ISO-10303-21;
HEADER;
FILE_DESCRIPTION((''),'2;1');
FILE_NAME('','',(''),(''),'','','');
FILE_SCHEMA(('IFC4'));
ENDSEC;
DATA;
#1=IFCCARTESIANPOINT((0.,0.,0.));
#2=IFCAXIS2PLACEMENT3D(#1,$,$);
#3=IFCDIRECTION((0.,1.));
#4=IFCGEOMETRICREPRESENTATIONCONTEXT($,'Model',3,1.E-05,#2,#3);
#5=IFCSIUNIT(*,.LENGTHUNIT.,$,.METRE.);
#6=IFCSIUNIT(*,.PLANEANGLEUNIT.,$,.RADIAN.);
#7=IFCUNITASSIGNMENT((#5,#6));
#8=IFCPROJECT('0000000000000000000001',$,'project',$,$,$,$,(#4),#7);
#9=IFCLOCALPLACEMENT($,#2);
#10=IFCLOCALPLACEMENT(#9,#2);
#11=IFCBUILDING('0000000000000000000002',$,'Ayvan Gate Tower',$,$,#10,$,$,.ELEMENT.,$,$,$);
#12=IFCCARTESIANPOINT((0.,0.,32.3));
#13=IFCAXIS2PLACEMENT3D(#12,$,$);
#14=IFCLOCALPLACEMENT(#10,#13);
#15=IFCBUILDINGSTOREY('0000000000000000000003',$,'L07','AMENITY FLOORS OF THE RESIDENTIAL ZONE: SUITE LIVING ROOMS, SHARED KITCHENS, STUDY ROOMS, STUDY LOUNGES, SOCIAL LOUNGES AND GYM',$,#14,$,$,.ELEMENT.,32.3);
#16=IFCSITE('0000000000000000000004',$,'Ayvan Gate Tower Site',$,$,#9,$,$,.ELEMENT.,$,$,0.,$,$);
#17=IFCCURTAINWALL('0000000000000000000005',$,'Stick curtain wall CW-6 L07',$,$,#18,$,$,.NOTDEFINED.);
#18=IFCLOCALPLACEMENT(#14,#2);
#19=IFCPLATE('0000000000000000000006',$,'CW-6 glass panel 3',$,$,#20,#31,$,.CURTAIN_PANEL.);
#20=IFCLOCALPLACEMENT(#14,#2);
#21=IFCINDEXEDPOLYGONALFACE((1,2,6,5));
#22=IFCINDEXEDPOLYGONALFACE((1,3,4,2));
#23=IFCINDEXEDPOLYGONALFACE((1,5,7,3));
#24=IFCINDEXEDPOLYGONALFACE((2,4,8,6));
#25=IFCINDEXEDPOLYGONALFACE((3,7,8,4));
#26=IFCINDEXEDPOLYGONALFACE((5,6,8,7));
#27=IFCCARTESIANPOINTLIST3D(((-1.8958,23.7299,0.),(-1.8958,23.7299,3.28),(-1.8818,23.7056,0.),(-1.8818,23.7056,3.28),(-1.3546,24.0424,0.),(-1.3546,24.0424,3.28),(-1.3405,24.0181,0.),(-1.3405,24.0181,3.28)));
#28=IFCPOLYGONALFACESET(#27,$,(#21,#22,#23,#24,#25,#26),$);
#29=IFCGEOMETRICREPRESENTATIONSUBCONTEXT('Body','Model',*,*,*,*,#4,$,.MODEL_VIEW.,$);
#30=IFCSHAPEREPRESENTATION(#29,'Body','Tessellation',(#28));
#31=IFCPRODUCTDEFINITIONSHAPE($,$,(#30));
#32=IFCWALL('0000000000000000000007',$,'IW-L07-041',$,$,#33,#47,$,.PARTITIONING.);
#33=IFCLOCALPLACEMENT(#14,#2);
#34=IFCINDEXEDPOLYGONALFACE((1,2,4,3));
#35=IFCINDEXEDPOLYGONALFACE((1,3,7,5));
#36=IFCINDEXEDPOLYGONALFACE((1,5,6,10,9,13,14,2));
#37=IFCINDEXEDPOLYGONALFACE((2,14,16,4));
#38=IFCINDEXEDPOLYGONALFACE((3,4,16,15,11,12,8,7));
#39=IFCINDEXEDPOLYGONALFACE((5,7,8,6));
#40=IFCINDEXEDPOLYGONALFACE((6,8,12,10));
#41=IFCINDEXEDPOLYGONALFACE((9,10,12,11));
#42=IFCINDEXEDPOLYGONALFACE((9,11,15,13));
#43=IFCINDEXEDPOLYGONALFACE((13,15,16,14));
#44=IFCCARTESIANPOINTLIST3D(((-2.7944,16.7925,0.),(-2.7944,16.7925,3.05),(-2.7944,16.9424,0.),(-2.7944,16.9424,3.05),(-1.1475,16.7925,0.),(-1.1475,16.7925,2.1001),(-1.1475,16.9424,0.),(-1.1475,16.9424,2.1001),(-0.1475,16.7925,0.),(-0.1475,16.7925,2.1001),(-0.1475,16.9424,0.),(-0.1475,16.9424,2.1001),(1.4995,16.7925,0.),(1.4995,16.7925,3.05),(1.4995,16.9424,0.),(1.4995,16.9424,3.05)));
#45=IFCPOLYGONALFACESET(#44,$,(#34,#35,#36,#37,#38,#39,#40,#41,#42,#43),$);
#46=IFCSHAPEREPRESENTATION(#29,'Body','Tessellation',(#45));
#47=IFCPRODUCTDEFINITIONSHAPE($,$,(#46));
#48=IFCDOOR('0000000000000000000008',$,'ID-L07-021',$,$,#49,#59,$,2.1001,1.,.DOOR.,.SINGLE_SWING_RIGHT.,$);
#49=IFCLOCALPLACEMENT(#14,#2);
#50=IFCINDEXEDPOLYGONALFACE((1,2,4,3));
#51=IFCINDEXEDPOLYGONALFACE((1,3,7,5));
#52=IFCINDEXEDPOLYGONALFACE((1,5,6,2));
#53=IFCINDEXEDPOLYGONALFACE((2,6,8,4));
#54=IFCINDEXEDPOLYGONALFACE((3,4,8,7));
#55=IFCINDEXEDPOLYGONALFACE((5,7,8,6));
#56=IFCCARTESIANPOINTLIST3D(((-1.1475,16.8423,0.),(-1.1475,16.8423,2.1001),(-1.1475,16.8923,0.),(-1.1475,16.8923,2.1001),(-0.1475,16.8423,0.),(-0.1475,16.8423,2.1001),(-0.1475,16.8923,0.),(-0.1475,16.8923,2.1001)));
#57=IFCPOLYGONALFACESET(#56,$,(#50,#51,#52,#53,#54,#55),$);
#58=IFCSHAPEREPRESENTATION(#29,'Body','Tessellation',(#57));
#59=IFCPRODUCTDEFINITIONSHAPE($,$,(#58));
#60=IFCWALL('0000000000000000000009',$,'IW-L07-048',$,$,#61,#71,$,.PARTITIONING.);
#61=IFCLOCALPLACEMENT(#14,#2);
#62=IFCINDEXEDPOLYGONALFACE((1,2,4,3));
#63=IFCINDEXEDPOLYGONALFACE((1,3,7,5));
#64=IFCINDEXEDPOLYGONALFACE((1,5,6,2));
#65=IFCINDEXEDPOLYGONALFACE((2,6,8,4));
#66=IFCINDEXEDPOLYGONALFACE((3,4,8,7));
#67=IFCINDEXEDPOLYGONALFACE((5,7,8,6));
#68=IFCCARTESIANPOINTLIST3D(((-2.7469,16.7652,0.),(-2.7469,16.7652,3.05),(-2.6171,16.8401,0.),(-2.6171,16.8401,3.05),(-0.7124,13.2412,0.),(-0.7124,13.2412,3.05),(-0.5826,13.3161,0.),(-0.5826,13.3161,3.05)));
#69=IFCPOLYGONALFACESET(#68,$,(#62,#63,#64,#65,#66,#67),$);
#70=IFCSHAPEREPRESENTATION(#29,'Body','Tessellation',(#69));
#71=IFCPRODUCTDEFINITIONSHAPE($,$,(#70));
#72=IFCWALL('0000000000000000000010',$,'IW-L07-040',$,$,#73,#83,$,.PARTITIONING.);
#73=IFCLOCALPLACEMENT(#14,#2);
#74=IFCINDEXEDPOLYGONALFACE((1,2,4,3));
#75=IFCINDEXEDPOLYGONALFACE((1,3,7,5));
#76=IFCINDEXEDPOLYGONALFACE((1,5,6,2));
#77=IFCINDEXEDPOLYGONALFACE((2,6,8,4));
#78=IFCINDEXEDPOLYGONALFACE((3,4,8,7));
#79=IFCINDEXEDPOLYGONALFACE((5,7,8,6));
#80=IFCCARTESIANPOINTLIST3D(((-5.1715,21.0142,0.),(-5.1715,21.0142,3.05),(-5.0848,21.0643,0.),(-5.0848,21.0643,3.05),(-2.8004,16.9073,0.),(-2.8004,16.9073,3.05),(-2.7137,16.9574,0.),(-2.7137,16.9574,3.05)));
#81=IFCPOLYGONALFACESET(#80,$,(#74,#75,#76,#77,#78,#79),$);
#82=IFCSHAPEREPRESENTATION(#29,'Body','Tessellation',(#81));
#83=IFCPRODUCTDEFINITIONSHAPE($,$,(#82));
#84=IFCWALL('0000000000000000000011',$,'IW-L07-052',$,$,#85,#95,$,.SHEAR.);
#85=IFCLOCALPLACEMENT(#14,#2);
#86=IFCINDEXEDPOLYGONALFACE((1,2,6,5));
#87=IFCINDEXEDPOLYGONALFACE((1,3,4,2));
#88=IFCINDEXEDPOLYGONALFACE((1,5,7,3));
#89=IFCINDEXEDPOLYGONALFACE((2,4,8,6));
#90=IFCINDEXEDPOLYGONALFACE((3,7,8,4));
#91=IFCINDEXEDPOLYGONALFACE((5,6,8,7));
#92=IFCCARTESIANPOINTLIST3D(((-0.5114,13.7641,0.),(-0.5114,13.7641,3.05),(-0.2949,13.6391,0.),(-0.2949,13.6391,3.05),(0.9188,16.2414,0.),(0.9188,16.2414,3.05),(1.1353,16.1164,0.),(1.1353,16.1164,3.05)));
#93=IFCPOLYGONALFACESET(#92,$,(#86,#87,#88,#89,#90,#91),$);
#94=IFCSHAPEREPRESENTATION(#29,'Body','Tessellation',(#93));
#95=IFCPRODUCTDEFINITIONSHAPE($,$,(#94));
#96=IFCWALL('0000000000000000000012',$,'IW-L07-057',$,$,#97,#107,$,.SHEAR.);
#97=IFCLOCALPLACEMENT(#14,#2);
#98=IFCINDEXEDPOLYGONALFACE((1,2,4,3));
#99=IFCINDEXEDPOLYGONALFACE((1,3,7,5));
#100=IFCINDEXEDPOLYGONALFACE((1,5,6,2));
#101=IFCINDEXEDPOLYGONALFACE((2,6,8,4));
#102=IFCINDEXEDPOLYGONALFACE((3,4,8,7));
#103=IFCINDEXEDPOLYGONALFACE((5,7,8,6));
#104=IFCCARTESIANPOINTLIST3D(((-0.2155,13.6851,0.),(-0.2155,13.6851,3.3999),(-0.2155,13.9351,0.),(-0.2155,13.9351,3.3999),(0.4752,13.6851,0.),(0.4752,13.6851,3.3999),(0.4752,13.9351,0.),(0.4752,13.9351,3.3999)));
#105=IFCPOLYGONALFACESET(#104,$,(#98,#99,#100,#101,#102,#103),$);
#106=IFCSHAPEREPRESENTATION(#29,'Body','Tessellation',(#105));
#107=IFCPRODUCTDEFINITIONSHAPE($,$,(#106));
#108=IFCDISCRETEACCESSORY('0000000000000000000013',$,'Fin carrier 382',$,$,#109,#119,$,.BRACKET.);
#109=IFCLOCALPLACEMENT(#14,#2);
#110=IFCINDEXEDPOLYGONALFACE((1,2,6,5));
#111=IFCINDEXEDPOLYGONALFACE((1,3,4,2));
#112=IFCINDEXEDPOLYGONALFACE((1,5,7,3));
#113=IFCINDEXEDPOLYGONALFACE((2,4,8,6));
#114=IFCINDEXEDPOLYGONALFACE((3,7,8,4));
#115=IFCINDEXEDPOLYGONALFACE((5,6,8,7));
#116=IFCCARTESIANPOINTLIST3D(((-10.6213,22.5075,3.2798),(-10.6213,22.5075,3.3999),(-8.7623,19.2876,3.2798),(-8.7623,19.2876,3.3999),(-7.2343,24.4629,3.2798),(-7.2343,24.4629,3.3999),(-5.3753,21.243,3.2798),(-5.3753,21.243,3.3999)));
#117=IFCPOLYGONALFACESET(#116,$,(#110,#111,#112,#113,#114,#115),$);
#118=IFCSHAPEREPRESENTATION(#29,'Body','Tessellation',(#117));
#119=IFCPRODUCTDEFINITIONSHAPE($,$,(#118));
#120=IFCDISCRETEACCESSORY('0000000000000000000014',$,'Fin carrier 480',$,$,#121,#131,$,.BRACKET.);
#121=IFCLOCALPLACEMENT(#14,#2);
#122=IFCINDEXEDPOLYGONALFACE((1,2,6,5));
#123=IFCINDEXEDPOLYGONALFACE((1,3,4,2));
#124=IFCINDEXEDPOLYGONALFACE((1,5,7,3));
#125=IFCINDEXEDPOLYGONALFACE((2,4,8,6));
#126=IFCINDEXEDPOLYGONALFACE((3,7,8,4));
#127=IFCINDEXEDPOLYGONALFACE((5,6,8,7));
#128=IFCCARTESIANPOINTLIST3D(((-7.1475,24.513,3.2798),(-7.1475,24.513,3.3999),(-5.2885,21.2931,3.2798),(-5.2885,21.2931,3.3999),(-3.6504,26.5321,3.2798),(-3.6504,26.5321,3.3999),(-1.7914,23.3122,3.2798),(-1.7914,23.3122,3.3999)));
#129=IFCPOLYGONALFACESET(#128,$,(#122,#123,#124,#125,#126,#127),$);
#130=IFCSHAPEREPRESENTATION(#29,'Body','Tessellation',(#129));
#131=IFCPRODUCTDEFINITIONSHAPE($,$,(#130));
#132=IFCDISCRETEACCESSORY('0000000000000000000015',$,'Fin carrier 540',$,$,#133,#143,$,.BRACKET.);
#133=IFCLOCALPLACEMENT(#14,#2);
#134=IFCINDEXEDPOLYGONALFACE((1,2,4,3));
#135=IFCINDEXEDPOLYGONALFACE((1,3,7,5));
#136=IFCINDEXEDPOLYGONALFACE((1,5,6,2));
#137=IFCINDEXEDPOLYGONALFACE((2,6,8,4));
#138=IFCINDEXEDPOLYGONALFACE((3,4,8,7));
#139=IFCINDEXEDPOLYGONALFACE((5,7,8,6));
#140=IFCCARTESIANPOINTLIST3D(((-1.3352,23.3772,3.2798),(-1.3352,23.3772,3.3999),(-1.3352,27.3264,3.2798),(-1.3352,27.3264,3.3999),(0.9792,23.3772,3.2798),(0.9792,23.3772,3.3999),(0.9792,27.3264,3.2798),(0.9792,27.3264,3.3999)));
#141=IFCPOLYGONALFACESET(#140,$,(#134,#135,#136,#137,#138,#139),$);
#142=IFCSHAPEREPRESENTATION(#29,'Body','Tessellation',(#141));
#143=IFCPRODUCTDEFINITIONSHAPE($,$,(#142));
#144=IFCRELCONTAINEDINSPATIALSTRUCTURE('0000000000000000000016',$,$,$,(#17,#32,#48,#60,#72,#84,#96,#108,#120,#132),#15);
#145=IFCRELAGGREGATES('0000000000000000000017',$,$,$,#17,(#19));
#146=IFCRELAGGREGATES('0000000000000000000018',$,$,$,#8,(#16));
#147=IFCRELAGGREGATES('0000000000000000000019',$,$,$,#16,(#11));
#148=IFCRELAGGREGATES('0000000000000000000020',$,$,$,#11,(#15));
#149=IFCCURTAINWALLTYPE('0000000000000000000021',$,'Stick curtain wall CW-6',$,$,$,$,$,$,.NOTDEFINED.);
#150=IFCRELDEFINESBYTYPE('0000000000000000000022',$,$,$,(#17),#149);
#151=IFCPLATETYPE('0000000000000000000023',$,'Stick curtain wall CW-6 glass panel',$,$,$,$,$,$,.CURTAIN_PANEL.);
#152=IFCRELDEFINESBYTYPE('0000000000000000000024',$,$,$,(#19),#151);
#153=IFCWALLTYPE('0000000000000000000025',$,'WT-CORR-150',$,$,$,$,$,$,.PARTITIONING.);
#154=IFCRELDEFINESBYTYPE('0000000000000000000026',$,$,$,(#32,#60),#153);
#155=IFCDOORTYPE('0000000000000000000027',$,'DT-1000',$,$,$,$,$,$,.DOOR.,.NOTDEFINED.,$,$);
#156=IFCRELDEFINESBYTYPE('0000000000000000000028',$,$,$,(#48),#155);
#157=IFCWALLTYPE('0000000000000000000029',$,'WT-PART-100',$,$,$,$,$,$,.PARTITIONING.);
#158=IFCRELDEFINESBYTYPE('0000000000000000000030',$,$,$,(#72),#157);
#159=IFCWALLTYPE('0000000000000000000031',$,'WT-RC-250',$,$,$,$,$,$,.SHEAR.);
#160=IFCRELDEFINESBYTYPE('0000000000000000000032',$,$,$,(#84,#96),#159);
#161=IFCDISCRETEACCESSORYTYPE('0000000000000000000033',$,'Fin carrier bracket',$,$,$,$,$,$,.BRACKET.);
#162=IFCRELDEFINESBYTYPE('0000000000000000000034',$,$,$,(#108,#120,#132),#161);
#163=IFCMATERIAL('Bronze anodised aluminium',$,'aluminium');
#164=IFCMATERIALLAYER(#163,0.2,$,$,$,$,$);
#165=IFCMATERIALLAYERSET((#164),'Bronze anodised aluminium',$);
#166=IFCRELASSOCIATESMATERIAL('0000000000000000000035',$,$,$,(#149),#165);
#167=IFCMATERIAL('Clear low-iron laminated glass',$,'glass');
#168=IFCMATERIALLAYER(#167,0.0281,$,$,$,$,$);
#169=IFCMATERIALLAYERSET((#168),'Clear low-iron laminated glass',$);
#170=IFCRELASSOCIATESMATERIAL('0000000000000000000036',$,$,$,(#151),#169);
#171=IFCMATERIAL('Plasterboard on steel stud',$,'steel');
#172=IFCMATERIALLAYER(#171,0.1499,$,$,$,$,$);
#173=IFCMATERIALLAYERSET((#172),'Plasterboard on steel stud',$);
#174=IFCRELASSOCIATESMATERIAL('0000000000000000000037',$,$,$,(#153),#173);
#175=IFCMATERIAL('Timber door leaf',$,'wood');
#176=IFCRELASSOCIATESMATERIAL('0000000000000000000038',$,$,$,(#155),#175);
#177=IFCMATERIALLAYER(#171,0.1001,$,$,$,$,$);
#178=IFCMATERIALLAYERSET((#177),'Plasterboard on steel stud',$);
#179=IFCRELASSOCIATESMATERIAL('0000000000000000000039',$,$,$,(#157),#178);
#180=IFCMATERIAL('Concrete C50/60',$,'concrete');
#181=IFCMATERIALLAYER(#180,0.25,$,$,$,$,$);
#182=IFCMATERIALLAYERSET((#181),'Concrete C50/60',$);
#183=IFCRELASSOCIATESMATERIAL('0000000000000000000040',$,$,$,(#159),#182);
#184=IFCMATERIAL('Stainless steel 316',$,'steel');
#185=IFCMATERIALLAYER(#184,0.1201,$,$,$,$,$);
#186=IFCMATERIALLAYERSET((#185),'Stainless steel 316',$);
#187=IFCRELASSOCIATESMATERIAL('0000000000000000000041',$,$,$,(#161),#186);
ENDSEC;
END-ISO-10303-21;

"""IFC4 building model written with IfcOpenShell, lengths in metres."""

from ifc_helpers import new_model, si_unit, direction, frame, frame_2d, origin, origin_2d, place, context, subcontext, project, spatial, rectangle, extrude, material, layer, layer_set, type_object, element, fill, aggregate, save


model = new_model("IFC4")

# Units and contexts
model_context = context("Model", 3, precision=1e-05, world=origin(), true_north=direction((0.0, 1.0)))
body_context = subcontext(model_context, "Body", "Model", "MODEL_VIEW")
ifc_project = project(units=[si_unit("LENGTHUNIT", "METRE"), si_unit("PLANEANGLEUNIT", "RADIAN")], contexts=[model_context])

# Site, building, storey
site_placement = place(None, origin())
site = spatial("IfcSite", under=ifc_project, at=site_placement, Name="Ayvan Gate Tower Site", CompositionType="ELEMENT", RefElevation=0.0)
building_placement = place(site_placement, origin())
building = spatial("IfcBuilding", under=site, at=building_placement, Name="Ayvan Gate Tower", CompositionType="ELEMENT")
storey_placement = place(building_placement, frame((0.0, 0.0, 32.3)))
storey = spatial("IfcBuildingStorey", under=building, at=storey_placement, Name="L07", Description="AMENITY FLOORS OF THE RESIDENTIAL ZONE: SUITE LIVING ROOMS, SHARED KITCHENS, STUDY ROOMS, STUDY LOUNGES, SOCIAL LOUNGES AND GYM", CompositionType="ELEMENT", Elevation=32.3)

# Curtain wall
ifc_material_1 = material(Name="Bronze anodised aluminium", Category="aluminium")
ifc_layer_1 = layer(ifc_material_1, 0.2)
ifc_layer_set_1 = layer_set([ifc_layer_1], Name="Bronze anodised aluminium")
curtain_wall_type_1 = type_object("IfcCurtainWallType", Name="Stick curtain wall CW-6", PredefinedType="NOTDEFINED", material=ifc_layer_set_1)
curtain_wall_1_placement = place(storey_placement, origin())
curtain_wall_1 = element("IfcCurtainWall", 1, at=curtain_wall_1_placement, inside=storey, type_object=curtain_wall_type_1, Name="Stick curtain wall CW-6 L07", PredefinedType="NOTDEFINED")

# Plate
ifc_material_2 = material(Name="Clear low-iron laminated glass", Category="glass")
ifc_layer_2 = layer(ifc_material_2, 0.0281)
ifc_layer_set_2 = layer_set([ifc_layer_2], Name="Clear low-iron laminated glass")
plate_type_1 = type_object("IfcPlateType", Name="Stick curtain wall CW-6 glass panel", PredefinedType="CURTAIN_PANEL", material=ifc_layer_set_2)
plate_1_placement = place(storey_placement, frame((-1.6182, 23.874, 0.0), z_axis=(0.0, 0.0, 1.0), x_axis=(-0.866025, -0.5, 0.0)))
plate_1 = element("IfcPlate", 2, at=plate_1_placement, type_object=plate_type_1, Name="CW-6 glass panel 3", PredefinedType="CURTAIN_PANEL", context=body_context, shape_type="SweptSolid", body=[
    extrude(rectangle(XDim=0.625, YDim=0.0281, at=origin_2d()), origin(), (0.0, 0.0, 1.0), 3.28),
])
aggregate(curtain_wall_1, [plate_1])

# Wall, opening, door
ifc_material_3 = material(Name="Plasterboard on steel stud", Category="steel")
ifc_layer_3 = layer(ifc_material_3, 0.1499)
ifc_layer_set_3 = layer_set([ifc_layer_3], Name="Plasterboard on steel stud")
wall_type_1 = type_object("IfcWallType", Name="WT-CORR-150", PredefinedType="PARTITIONING", material=ifc_layer_set_3)
wall_1_placement = place(storey_placement, frame((-2.7944, 16.8674, 0.0), z_axis=(0.0, 0.0, 1.0), x_axis=(1.0, 0.0, 0.0)))
wall_1 = element("IfcWall", 3, at=wall_1_placement, inside=storey, type_object=wall_type_1, Name="IW-L07-041", PredefinedType="PARTITIONING", context=body_context, shape_type="SweptSolid", body=[
    extrude(rectangle(XDim=4.2939, YDim=0.1499, at=frame_2d((2.147, 0.0))), origin(), (0.0, 0.0, 1.0), 3.05),
])
opening_placement = place(wall_1_placement, frame((1.647, 0.0, 0.0)))
opening = element("IfcOpeningElement", 4, at=opening_placement, cuts=wall_1, PredefinedType="OPENING", context=body_context, shape_type="SweptSolid", body=[
    extrude(rectangle(XDim=1.0, YDim=2.1001, at=frame_2d((0.5, 1.05))), frame((0.0, 0.085, 0.0), z_axis=(0.0, -1.0, 0.0), x_axis=(1.0, 0.0, 0.0)), (0.0, 0.0, 1.0), 0.1699),
])
ifc_material_4 = material(Name="Timber door leaf", Category="wood")
door_type = type_object("IfcDoorType", Name="DT-1000", OperationType="NOTDEFINED", PredefinedType="DOOR", material=ifc_material_4)
door_placement = place(opening_placement, origin())
door = element("IfcDoor", 5, at=door_placement, inside=storey, type_object=door_type, Name="ID-L07-021", OperationType="SINGLE_SWING_RIGHT", OverallHeight=2.1001, OverallWidth=1.0, PredefinedType="DOOR", context=body_context, shape_type="SweptSolid", body=[
    extrude(rectangle(XDim=1.0, YDim=2.1001, at=frame_2d((0.5, 1.05))), frame((0.0, 0.0249, 0.0), z_axis=(0.0, -1.0, 0.0), x_axis=(1.0, 0.0, 0.0)), (0.0, 0.0, 1.0), 0.05),
])
fill(opening, door)

# Walls
wall_2_placement = place(storey_placement, frame((-0.6475, 13.2786, 0.0), z_axis=(0.0, 0.0, 1.0), x_axis=(-0.499979, 0.866038, 0.0)))
element("IfcWall", 6, at=wall_2_placement, inside=storey, type_object=wall_type_1, Name="IW-L07-048", PredefinedType="PARTITIONING", context=body_context, shape_type="SweptSolid", body=[
    extrude(rectangle(XDim=4.0691, YDim=0.1499, at=frame_2d((2.0347, 0.0))), origin(), (0.0, 0.0, 1.0), 3.05),
])
ifc_layer_4 = layer(ifc_material_3, 0.1001)
ifc_layer_set_4 = layer_set([ifc_layer_4], Name="Plasterboard on steel stud")
wall_type_2 = type_object("IfcWallType", Name="WT-PART-100", PredefinedType="PARTITIONING", material=ifc_layer_set_4)
wall_3_placement = place(storey_placement, frame((-2.7571, 16.9324, 0.0), z_axis=(0.0, 0.0, 1.0), x_axis=(-0.499993, 0.86603, 0.0)))
element("IfcWall", 7, at=wall_3_placement, inside=storey, type_object=wall_type_2, Name="IW-L07-040", PredefinedType="PARTITIONING", context=body_context, shape_type="SweptSolid", body=[
    extrude(rectangle(XDim=4.7422, YDim=0.1001, at=frame_2d((2.3711, 0.0))), origin(), (0.0, 0.0, 1.0), 3.05),
])
ifc_material_5 = material(Name="Concrete C50/60", Category="concrete")
ifc_layer_5 = layer(ifc_material_5, 0.25)
ifc_layer_set_5 = layer_set([ifc_layer_5], Name="Concrete C50/60")
wall_type_3 = type_object("IfcWallType", Name="WT-RC-250", PredefinedType="SHEAR", material=ifc_layer_set_5)
wall_4_placement = place(storey_placement, frame((-0.4031, 13.7017, 0.0), z_axis=(0.0, 0.0, 1.0), x_axis=(0.499976, 0.866039, 0.0)))
element("IfcWall", 8, at=wall_4_placement, inside=storey, type_object=wall_type_3, Name="IW-L07-052", PredefinedType="SHEAR", context=body_context, shape_type="SweptSolid", body=[
    extrude(rectangle(XDim=2.8606, YDim=0.25, at=frame_2d((1.4302, 0.0))), origin(), (0.0, 0.0, 1.0), 3.05),
])
wall_5_placement = place(storey_placement, frame((0.4751, 13.8101, 0.0), z_axis=(0.0, 0.0, 1.0), x_axis=(-1.0, 0.0, 0.0)))
element("IfcWall", 9, at=wall_5_placement, inside=storey, type_object=wall_type_3, Name="IW-L07-057", PredefinedType="SHEAR", context=body_context, shape_type="SweptSolid", body=[
    extrude(rectangle(XDim=0.6907, YDim=0.25, at=frame_2d((0.3452, 0.0))), origin(), (0.0, 0.0, 1.0), 3.3999),
])

# Discrete accessories
ifc_material_6 = material(Name="Stainless steel 316", Category="steel")
ifc_layer_6 = layer(ifc_material_6, 0.1201)
ifc_layer_set_6 = layer_set([ifc_layer_6], Name="Stainless steel 316")
discrete_accessory_type = type_object("IfcDiscreteAccessoryType", Name="Fin carrier bracket", PredefinedType="BRACKET", material=ifc_layer_set_6)
discrete_accessory_1_placement = place(storey_placement, frame((-7.9983, 21.8752, 3.2798), z_axis=(0.0, 0.0, 1.0), x_axis=(-0.866025, -0.5, 0.0)))
element("IfcDiscreteAccessory", 10, at=discrete_accessory_1_placement, inside=storey, type_object=discrete_accessory_type, Name="Fin carrier 382", PredefinedType="BRACKET", context=body_context, shape_type="SweptSolid", body=[
    extrude(rectangle(XDim=3.9109, YDim=3.718, at=origin_2d()), origin(), (0.0, 0.0, 1.0), 0.1201),
])
discrete_accessory_2_placement = place(storey_placement, frame((-4.4695, 23.9126, 3.2798), z_axis=(0.0, 0.0, 1.0), x_axis=(-0.866025, -0.5, 0.0)))
element("IfcDiscreteAccessory", 11, at=discrete_accessory_2_placement, inside=storey, type_object=discrete_accessory_type, Name="Fin carrier 480", PredefinedType="BRACKET", context=body_context, shape_type="SweptSolid", body=[
    extrude(rectangle(XDim=4.0381, YDim=3.718, at=origin_2d()), origin(), (0.0, 0.0, 1.0), 0.1201),
])
discrete_accessory_3_placement = place(storey_placement, frame((-0.178, 25.3518, 3.2798), z_axis=(0.0, 0.0, 1.0), x_axis=(-1.0, 0.0, 0.0)))
element("IfcDiscreteAccessory", 12, at=discrete_accessory_3_placement, inside=storey, type_object=discrete_accessory_type, Name="Fin carrier 540", PredefinedType="BRACKET", context=body_context, shape_type="SweptSolid", body=[
    extrude(rectangle(XDim=2.3145, YDim=3.9492, at=origin_2d()), origin(), (0.0, 0.0, 1.0), 0.1201),
])

save(model, "model.ifc")
